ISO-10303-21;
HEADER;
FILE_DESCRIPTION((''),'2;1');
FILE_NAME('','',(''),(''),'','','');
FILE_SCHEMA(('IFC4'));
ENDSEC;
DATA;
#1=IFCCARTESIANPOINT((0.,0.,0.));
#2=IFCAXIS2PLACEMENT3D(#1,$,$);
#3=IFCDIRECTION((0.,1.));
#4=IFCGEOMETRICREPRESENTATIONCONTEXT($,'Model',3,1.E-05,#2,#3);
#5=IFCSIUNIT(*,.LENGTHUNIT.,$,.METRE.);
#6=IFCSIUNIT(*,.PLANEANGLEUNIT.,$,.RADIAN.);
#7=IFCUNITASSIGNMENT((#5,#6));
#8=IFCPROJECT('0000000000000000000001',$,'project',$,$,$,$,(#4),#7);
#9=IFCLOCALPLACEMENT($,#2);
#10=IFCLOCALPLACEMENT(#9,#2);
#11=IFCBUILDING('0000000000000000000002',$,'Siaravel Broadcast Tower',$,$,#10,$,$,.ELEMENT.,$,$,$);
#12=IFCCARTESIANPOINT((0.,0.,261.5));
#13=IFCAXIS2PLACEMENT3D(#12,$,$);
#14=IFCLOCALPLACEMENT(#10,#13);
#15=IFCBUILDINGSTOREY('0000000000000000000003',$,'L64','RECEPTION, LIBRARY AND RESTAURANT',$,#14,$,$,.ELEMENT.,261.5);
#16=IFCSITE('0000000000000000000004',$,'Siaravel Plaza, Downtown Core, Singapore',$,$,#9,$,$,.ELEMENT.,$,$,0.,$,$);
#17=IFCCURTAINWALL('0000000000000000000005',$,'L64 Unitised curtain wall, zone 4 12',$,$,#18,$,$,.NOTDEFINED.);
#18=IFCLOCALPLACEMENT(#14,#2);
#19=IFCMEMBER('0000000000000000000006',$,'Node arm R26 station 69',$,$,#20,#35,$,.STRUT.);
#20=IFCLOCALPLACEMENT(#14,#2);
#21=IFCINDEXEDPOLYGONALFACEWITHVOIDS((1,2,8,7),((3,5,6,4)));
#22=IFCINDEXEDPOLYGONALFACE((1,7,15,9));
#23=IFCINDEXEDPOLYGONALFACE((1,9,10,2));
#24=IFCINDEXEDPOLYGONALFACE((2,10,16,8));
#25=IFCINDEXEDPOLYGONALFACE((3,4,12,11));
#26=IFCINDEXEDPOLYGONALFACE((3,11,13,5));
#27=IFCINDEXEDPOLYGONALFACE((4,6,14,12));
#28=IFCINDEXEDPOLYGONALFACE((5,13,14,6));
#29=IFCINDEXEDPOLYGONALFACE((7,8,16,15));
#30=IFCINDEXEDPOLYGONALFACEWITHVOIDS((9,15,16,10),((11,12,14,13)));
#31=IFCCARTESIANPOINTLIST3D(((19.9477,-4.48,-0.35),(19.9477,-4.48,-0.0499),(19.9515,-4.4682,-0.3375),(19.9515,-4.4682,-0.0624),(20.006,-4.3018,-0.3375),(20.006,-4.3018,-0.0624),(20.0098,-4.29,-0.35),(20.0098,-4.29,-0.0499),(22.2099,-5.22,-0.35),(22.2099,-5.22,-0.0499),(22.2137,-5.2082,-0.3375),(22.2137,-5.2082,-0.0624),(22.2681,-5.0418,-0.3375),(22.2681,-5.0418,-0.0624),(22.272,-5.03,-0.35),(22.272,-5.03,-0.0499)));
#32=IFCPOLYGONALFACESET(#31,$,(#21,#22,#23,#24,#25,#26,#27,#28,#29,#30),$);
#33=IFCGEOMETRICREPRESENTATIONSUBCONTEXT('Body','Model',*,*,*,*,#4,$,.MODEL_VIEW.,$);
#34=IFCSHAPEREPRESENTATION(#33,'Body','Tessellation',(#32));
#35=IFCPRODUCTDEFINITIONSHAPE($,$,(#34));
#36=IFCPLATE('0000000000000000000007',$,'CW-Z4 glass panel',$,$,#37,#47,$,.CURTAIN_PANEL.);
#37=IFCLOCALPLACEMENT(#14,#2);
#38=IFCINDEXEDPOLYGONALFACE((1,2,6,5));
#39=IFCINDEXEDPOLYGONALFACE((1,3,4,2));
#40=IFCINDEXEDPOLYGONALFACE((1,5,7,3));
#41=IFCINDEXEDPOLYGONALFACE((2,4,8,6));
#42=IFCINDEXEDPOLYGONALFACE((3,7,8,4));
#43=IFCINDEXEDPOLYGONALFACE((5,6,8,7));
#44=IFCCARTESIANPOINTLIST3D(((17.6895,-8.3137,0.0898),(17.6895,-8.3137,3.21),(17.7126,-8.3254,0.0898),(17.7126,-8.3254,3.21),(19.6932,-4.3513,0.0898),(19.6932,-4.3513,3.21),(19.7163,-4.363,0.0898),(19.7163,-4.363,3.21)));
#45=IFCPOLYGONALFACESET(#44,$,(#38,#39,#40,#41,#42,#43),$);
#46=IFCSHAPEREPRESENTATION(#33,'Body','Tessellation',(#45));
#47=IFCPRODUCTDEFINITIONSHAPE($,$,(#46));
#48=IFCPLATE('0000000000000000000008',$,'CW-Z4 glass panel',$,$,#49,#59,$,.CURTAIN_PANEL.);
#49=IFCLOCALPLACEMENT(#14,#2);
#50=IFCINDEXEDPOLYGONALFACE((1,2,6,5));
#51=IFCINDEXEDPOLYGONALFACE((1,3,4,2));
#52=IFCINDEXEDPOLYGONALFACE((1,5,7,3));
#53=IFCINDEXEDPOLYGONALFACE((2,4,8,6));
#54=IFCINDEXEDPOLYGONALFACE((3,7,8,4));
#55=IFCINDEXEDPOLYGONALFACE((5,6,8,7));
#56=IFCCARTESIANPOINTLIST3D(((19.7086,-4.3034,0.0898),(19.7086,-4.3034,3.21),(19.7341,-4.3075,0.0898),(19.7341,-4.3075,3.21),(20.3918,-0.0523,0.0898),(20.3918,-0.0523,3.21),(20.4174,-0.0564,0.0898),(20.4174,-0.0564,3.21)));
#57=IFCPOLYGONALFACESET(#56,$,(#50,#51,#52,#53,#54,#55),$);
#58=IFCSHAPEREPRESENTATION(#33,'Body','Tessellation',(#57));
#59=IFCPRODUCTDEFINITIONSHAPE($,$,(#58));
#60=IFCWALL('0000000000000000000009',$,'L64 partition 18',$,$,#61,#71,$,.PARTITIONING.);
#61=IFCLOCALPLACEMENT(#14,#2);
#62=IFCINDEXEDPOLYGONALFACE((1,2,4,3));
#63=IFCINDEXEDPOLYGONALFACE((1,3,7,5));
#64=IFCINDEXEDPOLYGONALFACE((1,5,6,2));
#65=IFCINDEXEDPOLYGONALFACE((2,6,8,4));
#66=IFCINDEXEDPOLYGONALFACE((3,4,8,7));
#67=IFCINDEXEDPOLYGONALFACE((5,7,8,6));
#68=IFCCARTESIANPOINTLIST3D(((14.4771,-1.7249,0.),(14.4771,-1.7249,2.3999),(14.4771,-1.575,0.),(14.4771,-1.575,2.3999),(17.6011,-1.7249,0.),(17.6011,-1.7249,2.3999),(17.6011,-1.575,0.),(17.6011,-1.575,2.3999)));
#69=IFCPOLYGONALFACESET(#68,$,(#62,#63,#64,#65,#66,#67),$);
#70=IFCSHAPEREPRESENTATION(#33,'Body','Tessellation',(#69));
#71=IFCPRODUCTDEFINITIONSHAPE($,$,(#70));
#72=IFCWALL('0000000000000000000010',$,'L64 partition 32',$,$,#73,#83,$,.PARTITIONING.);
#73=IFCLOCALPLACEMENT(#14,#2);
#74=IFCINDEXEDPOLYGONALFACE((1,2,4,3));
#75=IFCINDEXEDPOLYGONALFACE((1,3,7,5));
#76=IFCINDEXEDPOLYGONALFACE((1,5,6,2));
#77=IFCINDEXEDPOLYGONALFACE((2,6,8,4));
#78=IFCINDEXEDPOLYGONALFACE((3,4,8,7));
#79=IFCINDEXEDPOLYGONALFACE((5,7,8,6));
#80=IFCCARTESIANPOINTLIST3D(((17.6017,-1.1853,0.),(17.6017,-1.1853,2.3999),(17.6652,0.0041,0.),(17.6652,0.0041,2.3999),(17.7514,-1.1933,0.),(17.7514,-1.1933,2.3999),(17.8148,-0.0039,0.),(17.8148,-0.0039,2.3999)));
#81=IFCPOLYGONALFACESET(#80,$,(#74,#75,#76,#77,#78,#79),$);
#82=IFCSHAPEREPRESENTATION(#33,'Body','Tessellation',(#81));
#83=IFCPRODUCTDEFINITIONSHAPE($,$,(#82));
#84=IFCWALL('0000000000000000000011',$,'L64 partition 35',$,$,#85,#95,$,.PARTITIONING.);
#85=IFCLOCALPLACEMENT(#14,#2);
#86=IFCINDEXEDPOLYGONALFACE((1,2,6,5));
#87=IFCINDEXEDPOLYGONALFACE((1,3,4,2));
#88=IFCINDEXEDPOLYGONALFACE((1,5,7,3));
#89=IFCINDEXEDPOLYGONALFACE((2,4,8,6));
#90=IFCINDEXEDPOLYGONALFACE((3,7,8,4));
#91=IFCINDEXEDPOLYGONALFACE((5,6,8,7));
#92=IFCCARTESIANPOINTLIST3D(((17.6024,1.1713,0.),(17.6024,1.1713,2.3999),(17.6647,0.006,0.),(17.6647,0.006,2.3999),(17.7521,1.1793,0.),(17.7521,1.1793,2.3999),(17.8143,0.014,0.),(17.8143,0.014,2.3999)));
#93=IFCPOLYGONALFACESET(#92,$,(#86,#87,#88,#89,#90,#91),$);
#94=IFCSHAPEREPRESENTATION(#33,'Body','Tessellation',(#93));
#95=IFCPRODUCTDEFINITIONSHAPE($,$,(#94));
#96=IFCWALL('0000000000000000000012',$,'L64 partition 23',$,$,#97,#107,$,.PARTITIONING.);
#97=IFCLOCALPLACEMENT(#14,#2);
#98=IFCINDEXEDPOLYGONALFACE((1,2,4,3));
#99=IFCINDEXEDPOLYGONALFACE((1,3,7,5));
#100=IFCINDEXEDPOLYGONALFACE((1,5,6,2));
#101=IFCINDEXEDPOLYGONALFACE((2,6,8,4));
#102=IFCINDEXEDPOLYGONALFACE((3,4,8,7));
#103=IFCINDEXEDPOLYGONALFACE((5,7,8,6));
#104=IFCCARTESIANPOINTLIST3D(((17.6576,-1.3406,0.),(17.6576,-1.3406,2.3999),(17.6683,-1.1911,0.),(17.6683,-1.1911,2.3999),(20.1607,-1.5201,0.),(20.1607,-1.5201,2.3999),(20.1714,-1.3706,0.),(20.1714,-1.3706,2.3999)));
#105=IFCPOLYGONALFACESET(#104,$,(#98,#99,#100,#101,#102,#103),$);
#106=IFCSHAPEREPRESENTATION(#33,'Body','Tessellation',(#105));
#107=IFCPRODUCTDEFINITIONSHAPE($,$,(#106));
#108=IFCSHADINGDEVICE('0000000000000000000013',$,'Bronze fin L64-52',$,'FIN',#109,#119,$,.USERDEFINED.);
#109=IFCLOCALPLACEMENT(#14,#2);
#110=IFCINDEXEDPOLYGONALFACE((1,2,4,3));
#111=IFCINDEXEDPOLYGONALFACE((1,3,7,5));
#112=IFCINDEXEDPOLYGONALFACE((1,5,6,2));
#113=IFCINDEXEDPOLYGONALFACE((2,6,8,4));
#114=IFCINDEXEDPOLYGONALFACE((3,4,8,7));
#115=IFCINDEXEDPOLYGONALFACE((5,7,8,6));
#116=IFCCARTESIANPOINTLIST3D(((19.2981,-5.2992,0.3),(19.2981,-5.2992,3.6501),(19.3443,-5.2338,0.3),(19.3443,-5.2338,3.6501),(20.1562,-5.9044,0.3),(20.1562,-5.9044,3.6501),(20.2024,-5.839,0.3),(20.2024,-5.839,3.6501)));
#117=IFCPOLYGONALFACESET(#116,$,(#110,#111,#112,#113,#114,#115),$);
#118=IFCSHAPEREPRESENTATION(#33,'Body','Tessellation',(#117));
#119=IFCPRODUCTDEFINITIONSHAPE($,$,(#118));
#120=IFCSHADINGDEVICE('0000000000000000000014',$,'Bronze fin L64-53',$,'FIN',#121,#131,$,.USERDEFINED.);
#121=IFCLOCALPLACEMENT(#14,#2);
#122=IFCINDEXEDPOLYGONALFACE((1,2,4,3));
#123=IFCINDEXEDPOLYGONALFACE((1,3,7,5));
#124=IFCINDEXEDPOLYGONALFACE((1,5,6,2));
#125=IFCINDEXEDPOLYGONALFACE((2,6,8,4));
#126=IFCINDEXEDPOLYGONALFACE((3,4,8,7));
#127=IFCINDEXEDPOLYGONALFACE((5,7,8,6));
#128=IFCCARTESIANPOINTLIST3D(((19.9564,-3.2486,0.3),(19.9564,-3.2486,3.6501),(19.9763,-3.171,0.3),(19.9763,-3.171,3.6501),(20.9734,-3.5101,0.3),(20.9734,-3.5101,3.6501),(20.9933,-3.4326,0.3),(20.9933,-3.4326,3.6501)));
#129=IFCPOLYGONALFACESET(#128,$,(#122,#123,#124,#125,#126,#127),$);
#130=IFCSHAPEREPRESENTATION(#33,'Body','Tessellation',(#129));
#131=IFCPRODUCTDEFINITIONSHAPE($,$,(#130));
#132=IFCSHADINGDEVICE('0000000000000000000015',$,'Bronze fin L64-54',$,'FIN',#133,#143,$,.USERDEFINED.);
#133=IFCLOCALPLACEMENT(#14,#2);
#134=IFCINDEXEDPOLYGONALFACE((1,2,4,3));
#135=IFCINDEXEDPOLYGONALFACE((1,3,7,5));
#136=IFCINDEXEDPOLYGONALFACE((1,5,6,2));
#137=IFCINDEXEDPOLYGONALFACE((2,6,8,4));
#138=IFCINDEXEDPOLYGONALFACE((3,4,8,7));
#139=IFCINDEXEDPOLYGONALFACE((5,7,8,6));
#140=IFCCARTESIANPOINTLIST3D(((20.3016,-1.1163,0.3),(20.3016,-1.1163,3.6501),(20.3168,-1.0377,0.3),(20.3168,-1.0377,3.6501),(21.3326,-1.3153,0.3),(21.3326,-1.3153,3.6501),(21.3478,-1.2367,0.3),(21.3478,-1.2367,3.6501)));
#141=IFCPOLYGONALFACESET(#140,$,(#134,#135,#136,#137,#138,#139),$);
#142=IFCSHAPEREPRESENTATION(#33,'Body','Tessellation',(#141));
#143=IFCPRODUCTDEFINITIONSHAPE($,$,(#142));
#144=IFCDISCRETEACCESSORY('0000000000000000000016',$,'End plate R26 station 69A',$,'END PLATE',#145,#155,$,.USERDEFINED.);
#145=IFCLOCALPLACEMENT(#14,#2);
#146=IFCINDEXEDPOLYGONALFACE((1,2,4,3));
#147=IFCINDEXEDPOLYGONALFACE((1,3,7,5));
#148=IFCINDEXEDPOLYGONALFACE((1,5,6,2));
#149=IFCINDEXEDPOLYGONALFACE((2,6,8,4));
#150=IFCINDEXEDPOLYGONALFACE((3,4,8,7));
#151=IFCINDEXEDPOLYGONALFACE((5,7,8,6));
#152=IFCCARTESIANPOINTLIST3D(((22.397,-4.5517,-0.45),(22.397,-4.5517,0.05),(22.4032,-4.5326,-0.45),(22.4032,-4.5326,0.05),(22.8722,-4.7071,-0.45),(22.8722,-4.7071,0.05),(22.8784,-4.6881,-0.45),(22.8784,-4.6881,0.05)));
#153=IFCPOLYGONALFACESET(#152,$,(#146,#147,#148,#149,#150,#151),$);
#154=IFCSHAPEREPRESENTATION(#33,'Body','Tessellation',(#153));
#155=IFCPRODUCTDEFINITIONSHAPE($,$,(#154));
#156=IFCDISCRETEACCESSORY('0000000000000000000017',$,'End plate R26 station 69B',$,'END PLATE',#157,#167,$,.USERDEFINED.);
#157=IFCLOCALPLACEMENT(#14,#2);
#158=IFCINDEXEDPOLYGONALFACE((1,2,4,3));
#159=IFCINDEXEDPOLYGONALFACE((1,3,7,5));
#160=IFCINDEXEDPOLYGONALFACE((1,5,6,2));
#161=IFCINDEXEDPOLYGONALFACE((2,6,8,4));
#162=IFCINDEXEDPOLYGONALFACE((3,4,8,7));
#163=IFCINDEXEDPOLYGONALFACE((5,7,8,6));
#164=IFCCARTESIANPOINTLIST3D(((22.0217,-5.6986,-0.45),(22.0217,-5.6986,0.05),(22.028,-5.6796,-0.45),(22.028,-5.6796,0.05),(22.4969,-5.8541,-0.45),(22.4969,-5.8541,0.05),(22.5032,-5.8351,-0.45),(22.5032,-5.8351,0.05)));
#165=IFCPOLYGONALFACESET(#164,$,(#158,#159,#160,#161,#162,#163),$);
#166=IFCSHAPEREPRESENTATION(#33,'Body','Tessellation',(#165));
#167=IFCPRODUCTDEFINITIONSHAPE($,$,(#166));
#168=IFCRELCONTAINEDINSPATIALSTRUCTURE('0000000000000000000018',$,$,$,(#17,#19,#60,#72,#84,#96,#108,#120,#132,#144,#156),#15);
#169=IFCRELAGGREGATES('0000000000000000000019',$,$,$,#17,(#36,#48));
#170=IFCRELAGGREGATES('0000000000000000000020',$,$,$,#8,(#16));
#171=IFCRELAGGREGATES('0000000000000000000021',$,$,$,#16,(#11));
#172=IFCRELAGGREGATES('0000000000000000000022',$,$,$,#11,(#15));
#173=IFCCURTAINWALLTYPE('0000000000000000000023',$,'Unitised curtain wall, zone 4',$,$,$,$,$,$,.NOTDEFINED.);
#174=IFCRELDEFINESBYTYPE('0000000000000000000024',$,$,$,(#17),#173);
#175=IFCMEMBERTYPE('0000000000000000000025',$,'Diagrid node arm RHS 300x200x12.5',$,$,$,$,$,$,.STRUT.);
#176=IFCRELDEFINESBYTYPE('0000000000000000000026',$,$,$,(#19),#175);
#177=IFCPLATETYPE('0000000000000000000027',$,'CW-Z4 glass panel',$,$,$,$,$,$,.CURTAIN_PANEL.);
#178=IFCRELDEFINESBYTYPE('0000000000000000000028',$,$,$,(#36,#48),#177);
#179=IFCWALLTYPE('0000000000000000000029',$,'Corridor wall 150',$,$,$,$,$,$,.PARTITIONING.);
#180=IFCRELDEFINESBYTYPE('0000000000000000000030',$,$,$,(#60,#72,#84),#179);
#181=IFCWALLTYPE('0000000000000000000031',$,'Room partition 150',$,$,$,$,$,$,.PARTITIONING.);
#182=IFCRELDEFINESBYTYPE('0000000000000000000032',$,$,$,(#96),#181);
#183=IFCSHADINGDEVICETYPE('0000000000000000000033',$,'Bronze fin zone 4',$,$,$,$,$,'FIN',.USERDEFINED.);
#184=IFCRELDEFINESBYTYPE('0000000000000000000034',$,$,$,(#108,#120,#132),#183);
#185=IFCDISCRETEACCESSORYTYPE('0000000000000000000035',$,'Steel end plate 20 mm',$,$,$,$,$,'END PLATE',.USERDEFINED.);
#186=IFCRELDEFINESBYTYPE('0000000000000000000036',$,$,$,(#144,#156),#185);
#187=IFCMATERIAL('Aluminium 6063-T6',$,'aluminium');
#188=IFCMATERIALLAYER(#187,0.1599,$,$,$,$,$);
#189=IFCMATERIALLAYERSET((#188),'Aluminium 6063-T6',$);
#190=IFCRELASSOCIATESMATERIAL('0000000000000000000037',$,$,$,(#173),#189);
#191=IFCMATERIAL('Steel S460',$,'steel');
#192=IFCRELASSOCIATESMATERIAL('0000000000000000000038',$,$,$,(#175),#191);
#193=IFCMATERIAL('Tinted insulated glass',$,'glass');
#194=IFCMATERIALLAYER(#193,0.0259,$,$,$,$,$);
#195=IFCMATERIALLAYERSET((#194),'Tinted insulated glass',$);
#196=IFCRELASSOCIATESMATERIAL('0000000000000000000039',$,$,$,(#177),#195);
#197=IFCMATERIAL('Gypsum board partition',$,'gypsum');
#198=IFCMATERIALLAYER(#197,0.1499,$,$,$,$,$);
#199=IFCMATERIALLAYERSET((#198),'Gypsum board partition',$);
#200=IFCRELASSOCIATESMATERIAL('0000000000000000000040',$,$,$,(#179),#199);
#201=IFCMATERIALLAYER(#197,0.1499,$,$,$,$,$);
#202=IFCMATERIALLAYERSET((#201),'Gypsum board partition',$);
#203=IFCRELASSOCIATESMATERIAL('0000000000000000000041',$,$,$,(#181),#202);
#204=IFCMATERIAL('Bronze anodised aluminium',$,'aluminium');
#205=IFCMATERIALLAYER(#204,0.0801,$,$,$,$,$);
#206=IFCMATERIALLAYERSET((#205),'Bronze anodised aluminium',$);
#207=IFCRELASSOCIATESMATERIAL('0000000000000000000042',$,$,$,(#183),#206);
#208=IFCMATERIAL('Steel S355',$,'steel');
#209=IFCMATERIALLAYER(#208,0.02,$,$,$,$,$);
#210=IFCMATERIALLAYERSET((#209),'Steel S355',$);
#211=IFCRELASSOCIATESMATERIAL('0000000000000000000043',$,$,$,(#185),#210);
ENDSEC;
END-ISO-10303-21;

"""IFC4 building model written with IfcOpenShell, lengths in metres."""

from ifc_helpers import new_model, si_unit, direction, frame, frame_2d, origin, origin_2d, place, context, subcontext, project, spatial, rectangle, hollow_rectangle, extrude, material, layer, layer_set, material_profile, profile_set, type_object, element, aggregate, save


model = new_model("IFC4")

# Units and contexts
model_context = context("Model", 3, precision=1e-05, world=origin(), true_north=direction((0.0, 1.0)))
body_context = subcontext(model_context, "Body", "Model", "MODEL_VIEW")
ifc_project = project(units=[si_unit("LENGTHUNIT", "METRE"), si_unit("PLANEANGLEUNIT", "RADIAN")], contexts=[model_context])

# Site, building, storey
site_placement = place(None, origin())
site = spatial("IfcSite", under=ifc_project, at=site_placement, Name="Siaravel Plaza, Downtown Core, Singapore", CompositionType="ELEMENT", RefElevation=0.0)
building_placement = place(site_placement, origin())
building = spatial("IfcBuilding", under=site, at=building_placement, Name="Siaravel Broadcast Tower", CompositionType="ELEMENT")
storey_placement = place(building_placement, frame((0.0, 0.0, 261.5)))
storey = spatial("IfcBuildingStorey", under=building, at=storey_placement, Name="L64", Description="RECEPTION, LIBRARY AND RESTAURANT", CompositionType="ELEMENT", Elevation=261.5)

# Shared definitions
ifc_material_1 = material(Name="Steel S355", Category="steel")

# Shared definitions
ifc_material_2 = material(Name="Aluminium 6063-T6", Category="aluminium")
ifc_layer_1 = layer(ifc_material_2, 0.1599)
ifc_layer_set_1 = layer_set([ifc_layer_1], Name="Aluminium 6063-T6")
curtain_wall_type = type_object("IfcCurtainWallType", Name="Unitised curtain wall, zone 4", PredefinedType="NOTDEFINED", material=ifc_layer_set_1)

# Curtain wall
curtain_wall_1_placement = place(storey_placement, origin())
curtain_wall_1 = element("IfcCurtainWall", 1, at=curtain_wall_1_placement, inside=storey, type_object=curtain_wall_type, Name="L64 Unitised curtain wall, zone 4 12", PredefinedType="NOTDEFINED")

# Member
ifc_material_3 = material(Name="Steel S460", Category="steel")
ifc_material_profile_1 = material_profile(ifc_material_3, hollow_rectangle(XDim=0.2, YDim=0.3, WallThickness=0.0125, at=origin_2d()))
ifc_profile_set_1 = profile_set([ifc_material_profile_1], Name="Steel S460")
member_type_1 = type_object("IfcMemberType", Name="Diagrid node arm RHS 300x200x12.5", PredefinedType="STRUT", material=ifc_profile_set_1)
member_1_placement = place(storey_placement, frame((19.9788, -4.385, -0.2), z_axis=(0.950443, -0.310899, 0.0), x_axis=(0.310899, 0.950443, 0.0)))
element("IfcMember", 2, at=member_1_placement, inside=storey, type_object=member_type_1, Name="Node arm R26 station 69", PredefinedType="STRUT", context=body_context, shape_type="SweptSolid", body=[
    extrude(hollow_rectangle(XDim=0.2, YDim=0.3, WallThickness=0.0125, at=origin_2d()), origin(), (0.0, 0.0, 1.0), 2.3801),
])

# Plates
ifc_material_4 = material(Name="Tinted insulated glass", Category="glass")
ifc_layer_2 = layer(ifc_material_4, 0.0259)
ifc_layer_set_2 = layer_set([ifc_layer_2], Name="Tinted insulated glass")
plate_type = type_object("IfcPlateType", Name="CW-Z4 glass panel", PredefinedType="CURTAIN_PANEL", material=ifc_layer_set_2)
plate_1_placement = place(storey_placement, frame((18.7029, -6.3384, 0.0898), z_axis=(0.0, 0.0, 1.0), x_axis=(0.451259, 0.892393, 0.0)))
plate_1 = element("IfcPlate", 3, at=plate_1_placement, type_object=plate_type, Name="CW-Z4 glass panel", PredefinedType="CURTAIN_PANEL", context=body_context, shape_type="SweptSolid", body=[
    extrude(rectangle(XDim=4.4402, YDim=0.0259, at=origin_2d()), origin(), (0.0, 0.0, 1.0), 3.1201),
])
plate_2_placement = place(storey_placement, frame((20.063, -2.1799, 0.0898), z_axis=(0.0, 0.0, 1.0), x_axis=(0.158685, 0.987329, 0.0)))
plate_2 = element("IfcPlate", 4, at=plate_2_placement, type_object=plate_type, Name="CW-Z4 glass panel", PredefinedType="CURTAIN_PANEL", context=body_context, shape_type="SweptSolid", body=[
    extrude(rectangle(XDim=4.3057, YDim=0.0259, at=origin_2d()), origin(), (0.0, 0.0, 1.0), 3.1201),
])
aggregate(curtain_wall_1, [plate_1, plate_2])

# Walls
ifc_material_5 = material(Name="Gypsum board partition", Category="gypsum")
ifc_layer_3 = layer(ifc_material_5, 0.1499)
ifc_layer_set_3 = layer_set([ifc_layer_3], Name="Gypsum board partition")
wall_type_1 = type_object("IfcWallType", Name="Corridor wall 150", PredefinedType="PARTITIONING", material=ifc_layer_set_3)
wall_1_placement = place(storey_placement, frame((14.4771, -1.6499, 0.0), z_axis=(0.0, 0.0, 1.0), x_axis=(1.0, 0.0, 0.0)))
element("IfcWall", 5, at=wall_1_placement, inside=storey, type_object=wall_type_1, Name="L64 partition 18", PredefinedType="PARTITIONING", context=body_context, shape_type="SweptSolid", body=[
    extrude(rectangle(XDim=3.124, YDim=0.1499, at=frame_2d((1.562, 0.0))), origin(), (0.0, 0.0, 1.0), 2.3999),
])
wall_2_placement = place(storey_placement, frame((17.6765, -1.1895, 0.0), z_axis=(0.0, 0.0, 1.0), x_axis=(0.05329, 0.998579, 0.0)))
element("IfcWall", 6, at=wall_2_placement, inside=storey, type_object=wall_type_1, Name="L64 partition 32", PredefinedType="PARTITIONING", context=body_context, shape_type="SweptSolid", body=[
    extrude(rectangle(XDim=1.1912, YDim=0.1499, at=frame_2d((0.5957, 0.0))), origin(), (0.0, 0.0, 1.0), 2.3999),
])
wall_3_placement = place(storey_placement, frame((17.7395, 0.01, 0.0), z_axis=(0.0, 0.0, 1.0), x_axis=(-0.053349, 0.998576, 0.0)))
element("IfcWall", 7, at=wall_3_placement, inside=storey, type_object=wall_type_1, Name="L64 partition 35", PredefinedType="PARTITIONING", context=body_context, shape_type="SweptSolid", body=[
    extrude(rectangle(XDim=1.167, YDim=0.1499, at=frame_2d((0.5835, 0.0))), origin(), (0.0, 0.0, 1.0), 2.3999),
])
ifc_layer_4 = layer(ifc_material_5, 0.1499)
ifc_layer_set_4 = layer_set([ifc_layer_4], Name="Gypsum board partition")
wall_type_2 = type_object("IfcWallType", Name="Room partition 150", PredefinedType="PARTITIONING", material=ifc_layer_set_4)
wall_4_placement = place(storey_placement, frame((17.6628, -1.2659, 0.0), z_axis=(0.0, 0.0, 1.0), x_axis=(0.99744, -0.071503, 0.0)))
element("IfcWall", 8, at=wall_4_placement, inside=storey, type_object=wall_type_2, Name="L64 partition 23", PredefinedType="PARTITIONING", context=body_context, shape_type="SweptSolid", body=[
    extrude(rectangle(XDim=2.5095, YDim=0.1499, at=frame_2d((1.2549, 0.0))), origin(), (0.0, 0.0, 1.0), 2.3999),
])

# Shading devices
ifc_material_6 = material(Name="Bronze anodised aluminium", Category="aluminium")
ifc_layer_5 = layer(ifc_material_6, 0.0801)
ifc_layer_set_5 = layer_set([ifc_layer_5], Name="Bronze anodised aluminium")
shading_device_type = type_object("IfcShadingDeviceType", Name="Bronze fin zone 4", ElementType="FIN", PredefinedType="USERDEFINED", material=ifc_layer_set_5)
for number, where, z_axis, x_axis, name in (
    (9, (19.7502, -5.5691, 0.3), (0.0, 0.0, 1.0), (0.817197, -0.576358, 0.0), "Bronze fin L64-52"),
    (10, (20.4749, -3.3406, 0.3), (0.0, 0.0, 1.0), (0.968487, -0.249063, 0.0), "Bronze fin L64-53"),
    (11, (20.8247, -1.1765, 0.3), (0.0, 0.0, 1.0), (0.98188, -0.189505, 0.0), "Bronze fin L64-54"),
):
    element("IfcShadingDevice", number, at=place(storey_placement, frame(where, z_axis=z_axis, x_axis=x_axis)), inside=storey, type_object=shading_device_type, Name=name, ObjectType="FIN", PredefinedType="USERDEFINED", context=body_context, shape_type="SweptSolid", body=[
        extrude(rectangle(XDim=1.05, YDim=0.0801, at=origin_2d()), origin(), (0.0, 0.0, 1.0), 3.3501),
    ])

# Discrete accessories
ifc_layer_6 = layer(ifc_material_1, 0.02)
ifc_layer_set_6 = layer_set([ifc_layer_6], Name="Steel S355")
discrete_accessory_type = type_object("IfcDiscreteAccessoryType", Name="Steel end plate 20 mm", ElementType="END PLATE", PredefinedType="USERDEFINED", material=ifc_layer_set_6)
for number, where, z_axis, x_axis, name in (
    (12, (22.6377, -4.6199, -0.45), (0.0, 0.0, 1.0), (0.310909, 0.95044, 0.0), "End plate R26 station 69A"),
    (13, (22.2625, -5.7668, -0.45), (0.0, 0.0, 1.0), (0.310909, 0.95044, 0.0), "End plate R26 station 69B"),
):
    element("IfcDiscreteAccessory", number, at=place(storey_placement, frame(where, z_axis=z_axis, x_axis=x_axis)), inside=storey, type_object=discrete_accessory_type, Name=name, ObjectType="END PLATE", PredefinedType="USERDEFINED", context=body_context, shape_type="SweptSolid", body=[
        extrude(rectangle(XDim=0.02, YDim=0.5, at=origin_2d()), origin(), (0.0, 0.0, 1.0), 0.5),
    ])

save(model, "model.ifc")
